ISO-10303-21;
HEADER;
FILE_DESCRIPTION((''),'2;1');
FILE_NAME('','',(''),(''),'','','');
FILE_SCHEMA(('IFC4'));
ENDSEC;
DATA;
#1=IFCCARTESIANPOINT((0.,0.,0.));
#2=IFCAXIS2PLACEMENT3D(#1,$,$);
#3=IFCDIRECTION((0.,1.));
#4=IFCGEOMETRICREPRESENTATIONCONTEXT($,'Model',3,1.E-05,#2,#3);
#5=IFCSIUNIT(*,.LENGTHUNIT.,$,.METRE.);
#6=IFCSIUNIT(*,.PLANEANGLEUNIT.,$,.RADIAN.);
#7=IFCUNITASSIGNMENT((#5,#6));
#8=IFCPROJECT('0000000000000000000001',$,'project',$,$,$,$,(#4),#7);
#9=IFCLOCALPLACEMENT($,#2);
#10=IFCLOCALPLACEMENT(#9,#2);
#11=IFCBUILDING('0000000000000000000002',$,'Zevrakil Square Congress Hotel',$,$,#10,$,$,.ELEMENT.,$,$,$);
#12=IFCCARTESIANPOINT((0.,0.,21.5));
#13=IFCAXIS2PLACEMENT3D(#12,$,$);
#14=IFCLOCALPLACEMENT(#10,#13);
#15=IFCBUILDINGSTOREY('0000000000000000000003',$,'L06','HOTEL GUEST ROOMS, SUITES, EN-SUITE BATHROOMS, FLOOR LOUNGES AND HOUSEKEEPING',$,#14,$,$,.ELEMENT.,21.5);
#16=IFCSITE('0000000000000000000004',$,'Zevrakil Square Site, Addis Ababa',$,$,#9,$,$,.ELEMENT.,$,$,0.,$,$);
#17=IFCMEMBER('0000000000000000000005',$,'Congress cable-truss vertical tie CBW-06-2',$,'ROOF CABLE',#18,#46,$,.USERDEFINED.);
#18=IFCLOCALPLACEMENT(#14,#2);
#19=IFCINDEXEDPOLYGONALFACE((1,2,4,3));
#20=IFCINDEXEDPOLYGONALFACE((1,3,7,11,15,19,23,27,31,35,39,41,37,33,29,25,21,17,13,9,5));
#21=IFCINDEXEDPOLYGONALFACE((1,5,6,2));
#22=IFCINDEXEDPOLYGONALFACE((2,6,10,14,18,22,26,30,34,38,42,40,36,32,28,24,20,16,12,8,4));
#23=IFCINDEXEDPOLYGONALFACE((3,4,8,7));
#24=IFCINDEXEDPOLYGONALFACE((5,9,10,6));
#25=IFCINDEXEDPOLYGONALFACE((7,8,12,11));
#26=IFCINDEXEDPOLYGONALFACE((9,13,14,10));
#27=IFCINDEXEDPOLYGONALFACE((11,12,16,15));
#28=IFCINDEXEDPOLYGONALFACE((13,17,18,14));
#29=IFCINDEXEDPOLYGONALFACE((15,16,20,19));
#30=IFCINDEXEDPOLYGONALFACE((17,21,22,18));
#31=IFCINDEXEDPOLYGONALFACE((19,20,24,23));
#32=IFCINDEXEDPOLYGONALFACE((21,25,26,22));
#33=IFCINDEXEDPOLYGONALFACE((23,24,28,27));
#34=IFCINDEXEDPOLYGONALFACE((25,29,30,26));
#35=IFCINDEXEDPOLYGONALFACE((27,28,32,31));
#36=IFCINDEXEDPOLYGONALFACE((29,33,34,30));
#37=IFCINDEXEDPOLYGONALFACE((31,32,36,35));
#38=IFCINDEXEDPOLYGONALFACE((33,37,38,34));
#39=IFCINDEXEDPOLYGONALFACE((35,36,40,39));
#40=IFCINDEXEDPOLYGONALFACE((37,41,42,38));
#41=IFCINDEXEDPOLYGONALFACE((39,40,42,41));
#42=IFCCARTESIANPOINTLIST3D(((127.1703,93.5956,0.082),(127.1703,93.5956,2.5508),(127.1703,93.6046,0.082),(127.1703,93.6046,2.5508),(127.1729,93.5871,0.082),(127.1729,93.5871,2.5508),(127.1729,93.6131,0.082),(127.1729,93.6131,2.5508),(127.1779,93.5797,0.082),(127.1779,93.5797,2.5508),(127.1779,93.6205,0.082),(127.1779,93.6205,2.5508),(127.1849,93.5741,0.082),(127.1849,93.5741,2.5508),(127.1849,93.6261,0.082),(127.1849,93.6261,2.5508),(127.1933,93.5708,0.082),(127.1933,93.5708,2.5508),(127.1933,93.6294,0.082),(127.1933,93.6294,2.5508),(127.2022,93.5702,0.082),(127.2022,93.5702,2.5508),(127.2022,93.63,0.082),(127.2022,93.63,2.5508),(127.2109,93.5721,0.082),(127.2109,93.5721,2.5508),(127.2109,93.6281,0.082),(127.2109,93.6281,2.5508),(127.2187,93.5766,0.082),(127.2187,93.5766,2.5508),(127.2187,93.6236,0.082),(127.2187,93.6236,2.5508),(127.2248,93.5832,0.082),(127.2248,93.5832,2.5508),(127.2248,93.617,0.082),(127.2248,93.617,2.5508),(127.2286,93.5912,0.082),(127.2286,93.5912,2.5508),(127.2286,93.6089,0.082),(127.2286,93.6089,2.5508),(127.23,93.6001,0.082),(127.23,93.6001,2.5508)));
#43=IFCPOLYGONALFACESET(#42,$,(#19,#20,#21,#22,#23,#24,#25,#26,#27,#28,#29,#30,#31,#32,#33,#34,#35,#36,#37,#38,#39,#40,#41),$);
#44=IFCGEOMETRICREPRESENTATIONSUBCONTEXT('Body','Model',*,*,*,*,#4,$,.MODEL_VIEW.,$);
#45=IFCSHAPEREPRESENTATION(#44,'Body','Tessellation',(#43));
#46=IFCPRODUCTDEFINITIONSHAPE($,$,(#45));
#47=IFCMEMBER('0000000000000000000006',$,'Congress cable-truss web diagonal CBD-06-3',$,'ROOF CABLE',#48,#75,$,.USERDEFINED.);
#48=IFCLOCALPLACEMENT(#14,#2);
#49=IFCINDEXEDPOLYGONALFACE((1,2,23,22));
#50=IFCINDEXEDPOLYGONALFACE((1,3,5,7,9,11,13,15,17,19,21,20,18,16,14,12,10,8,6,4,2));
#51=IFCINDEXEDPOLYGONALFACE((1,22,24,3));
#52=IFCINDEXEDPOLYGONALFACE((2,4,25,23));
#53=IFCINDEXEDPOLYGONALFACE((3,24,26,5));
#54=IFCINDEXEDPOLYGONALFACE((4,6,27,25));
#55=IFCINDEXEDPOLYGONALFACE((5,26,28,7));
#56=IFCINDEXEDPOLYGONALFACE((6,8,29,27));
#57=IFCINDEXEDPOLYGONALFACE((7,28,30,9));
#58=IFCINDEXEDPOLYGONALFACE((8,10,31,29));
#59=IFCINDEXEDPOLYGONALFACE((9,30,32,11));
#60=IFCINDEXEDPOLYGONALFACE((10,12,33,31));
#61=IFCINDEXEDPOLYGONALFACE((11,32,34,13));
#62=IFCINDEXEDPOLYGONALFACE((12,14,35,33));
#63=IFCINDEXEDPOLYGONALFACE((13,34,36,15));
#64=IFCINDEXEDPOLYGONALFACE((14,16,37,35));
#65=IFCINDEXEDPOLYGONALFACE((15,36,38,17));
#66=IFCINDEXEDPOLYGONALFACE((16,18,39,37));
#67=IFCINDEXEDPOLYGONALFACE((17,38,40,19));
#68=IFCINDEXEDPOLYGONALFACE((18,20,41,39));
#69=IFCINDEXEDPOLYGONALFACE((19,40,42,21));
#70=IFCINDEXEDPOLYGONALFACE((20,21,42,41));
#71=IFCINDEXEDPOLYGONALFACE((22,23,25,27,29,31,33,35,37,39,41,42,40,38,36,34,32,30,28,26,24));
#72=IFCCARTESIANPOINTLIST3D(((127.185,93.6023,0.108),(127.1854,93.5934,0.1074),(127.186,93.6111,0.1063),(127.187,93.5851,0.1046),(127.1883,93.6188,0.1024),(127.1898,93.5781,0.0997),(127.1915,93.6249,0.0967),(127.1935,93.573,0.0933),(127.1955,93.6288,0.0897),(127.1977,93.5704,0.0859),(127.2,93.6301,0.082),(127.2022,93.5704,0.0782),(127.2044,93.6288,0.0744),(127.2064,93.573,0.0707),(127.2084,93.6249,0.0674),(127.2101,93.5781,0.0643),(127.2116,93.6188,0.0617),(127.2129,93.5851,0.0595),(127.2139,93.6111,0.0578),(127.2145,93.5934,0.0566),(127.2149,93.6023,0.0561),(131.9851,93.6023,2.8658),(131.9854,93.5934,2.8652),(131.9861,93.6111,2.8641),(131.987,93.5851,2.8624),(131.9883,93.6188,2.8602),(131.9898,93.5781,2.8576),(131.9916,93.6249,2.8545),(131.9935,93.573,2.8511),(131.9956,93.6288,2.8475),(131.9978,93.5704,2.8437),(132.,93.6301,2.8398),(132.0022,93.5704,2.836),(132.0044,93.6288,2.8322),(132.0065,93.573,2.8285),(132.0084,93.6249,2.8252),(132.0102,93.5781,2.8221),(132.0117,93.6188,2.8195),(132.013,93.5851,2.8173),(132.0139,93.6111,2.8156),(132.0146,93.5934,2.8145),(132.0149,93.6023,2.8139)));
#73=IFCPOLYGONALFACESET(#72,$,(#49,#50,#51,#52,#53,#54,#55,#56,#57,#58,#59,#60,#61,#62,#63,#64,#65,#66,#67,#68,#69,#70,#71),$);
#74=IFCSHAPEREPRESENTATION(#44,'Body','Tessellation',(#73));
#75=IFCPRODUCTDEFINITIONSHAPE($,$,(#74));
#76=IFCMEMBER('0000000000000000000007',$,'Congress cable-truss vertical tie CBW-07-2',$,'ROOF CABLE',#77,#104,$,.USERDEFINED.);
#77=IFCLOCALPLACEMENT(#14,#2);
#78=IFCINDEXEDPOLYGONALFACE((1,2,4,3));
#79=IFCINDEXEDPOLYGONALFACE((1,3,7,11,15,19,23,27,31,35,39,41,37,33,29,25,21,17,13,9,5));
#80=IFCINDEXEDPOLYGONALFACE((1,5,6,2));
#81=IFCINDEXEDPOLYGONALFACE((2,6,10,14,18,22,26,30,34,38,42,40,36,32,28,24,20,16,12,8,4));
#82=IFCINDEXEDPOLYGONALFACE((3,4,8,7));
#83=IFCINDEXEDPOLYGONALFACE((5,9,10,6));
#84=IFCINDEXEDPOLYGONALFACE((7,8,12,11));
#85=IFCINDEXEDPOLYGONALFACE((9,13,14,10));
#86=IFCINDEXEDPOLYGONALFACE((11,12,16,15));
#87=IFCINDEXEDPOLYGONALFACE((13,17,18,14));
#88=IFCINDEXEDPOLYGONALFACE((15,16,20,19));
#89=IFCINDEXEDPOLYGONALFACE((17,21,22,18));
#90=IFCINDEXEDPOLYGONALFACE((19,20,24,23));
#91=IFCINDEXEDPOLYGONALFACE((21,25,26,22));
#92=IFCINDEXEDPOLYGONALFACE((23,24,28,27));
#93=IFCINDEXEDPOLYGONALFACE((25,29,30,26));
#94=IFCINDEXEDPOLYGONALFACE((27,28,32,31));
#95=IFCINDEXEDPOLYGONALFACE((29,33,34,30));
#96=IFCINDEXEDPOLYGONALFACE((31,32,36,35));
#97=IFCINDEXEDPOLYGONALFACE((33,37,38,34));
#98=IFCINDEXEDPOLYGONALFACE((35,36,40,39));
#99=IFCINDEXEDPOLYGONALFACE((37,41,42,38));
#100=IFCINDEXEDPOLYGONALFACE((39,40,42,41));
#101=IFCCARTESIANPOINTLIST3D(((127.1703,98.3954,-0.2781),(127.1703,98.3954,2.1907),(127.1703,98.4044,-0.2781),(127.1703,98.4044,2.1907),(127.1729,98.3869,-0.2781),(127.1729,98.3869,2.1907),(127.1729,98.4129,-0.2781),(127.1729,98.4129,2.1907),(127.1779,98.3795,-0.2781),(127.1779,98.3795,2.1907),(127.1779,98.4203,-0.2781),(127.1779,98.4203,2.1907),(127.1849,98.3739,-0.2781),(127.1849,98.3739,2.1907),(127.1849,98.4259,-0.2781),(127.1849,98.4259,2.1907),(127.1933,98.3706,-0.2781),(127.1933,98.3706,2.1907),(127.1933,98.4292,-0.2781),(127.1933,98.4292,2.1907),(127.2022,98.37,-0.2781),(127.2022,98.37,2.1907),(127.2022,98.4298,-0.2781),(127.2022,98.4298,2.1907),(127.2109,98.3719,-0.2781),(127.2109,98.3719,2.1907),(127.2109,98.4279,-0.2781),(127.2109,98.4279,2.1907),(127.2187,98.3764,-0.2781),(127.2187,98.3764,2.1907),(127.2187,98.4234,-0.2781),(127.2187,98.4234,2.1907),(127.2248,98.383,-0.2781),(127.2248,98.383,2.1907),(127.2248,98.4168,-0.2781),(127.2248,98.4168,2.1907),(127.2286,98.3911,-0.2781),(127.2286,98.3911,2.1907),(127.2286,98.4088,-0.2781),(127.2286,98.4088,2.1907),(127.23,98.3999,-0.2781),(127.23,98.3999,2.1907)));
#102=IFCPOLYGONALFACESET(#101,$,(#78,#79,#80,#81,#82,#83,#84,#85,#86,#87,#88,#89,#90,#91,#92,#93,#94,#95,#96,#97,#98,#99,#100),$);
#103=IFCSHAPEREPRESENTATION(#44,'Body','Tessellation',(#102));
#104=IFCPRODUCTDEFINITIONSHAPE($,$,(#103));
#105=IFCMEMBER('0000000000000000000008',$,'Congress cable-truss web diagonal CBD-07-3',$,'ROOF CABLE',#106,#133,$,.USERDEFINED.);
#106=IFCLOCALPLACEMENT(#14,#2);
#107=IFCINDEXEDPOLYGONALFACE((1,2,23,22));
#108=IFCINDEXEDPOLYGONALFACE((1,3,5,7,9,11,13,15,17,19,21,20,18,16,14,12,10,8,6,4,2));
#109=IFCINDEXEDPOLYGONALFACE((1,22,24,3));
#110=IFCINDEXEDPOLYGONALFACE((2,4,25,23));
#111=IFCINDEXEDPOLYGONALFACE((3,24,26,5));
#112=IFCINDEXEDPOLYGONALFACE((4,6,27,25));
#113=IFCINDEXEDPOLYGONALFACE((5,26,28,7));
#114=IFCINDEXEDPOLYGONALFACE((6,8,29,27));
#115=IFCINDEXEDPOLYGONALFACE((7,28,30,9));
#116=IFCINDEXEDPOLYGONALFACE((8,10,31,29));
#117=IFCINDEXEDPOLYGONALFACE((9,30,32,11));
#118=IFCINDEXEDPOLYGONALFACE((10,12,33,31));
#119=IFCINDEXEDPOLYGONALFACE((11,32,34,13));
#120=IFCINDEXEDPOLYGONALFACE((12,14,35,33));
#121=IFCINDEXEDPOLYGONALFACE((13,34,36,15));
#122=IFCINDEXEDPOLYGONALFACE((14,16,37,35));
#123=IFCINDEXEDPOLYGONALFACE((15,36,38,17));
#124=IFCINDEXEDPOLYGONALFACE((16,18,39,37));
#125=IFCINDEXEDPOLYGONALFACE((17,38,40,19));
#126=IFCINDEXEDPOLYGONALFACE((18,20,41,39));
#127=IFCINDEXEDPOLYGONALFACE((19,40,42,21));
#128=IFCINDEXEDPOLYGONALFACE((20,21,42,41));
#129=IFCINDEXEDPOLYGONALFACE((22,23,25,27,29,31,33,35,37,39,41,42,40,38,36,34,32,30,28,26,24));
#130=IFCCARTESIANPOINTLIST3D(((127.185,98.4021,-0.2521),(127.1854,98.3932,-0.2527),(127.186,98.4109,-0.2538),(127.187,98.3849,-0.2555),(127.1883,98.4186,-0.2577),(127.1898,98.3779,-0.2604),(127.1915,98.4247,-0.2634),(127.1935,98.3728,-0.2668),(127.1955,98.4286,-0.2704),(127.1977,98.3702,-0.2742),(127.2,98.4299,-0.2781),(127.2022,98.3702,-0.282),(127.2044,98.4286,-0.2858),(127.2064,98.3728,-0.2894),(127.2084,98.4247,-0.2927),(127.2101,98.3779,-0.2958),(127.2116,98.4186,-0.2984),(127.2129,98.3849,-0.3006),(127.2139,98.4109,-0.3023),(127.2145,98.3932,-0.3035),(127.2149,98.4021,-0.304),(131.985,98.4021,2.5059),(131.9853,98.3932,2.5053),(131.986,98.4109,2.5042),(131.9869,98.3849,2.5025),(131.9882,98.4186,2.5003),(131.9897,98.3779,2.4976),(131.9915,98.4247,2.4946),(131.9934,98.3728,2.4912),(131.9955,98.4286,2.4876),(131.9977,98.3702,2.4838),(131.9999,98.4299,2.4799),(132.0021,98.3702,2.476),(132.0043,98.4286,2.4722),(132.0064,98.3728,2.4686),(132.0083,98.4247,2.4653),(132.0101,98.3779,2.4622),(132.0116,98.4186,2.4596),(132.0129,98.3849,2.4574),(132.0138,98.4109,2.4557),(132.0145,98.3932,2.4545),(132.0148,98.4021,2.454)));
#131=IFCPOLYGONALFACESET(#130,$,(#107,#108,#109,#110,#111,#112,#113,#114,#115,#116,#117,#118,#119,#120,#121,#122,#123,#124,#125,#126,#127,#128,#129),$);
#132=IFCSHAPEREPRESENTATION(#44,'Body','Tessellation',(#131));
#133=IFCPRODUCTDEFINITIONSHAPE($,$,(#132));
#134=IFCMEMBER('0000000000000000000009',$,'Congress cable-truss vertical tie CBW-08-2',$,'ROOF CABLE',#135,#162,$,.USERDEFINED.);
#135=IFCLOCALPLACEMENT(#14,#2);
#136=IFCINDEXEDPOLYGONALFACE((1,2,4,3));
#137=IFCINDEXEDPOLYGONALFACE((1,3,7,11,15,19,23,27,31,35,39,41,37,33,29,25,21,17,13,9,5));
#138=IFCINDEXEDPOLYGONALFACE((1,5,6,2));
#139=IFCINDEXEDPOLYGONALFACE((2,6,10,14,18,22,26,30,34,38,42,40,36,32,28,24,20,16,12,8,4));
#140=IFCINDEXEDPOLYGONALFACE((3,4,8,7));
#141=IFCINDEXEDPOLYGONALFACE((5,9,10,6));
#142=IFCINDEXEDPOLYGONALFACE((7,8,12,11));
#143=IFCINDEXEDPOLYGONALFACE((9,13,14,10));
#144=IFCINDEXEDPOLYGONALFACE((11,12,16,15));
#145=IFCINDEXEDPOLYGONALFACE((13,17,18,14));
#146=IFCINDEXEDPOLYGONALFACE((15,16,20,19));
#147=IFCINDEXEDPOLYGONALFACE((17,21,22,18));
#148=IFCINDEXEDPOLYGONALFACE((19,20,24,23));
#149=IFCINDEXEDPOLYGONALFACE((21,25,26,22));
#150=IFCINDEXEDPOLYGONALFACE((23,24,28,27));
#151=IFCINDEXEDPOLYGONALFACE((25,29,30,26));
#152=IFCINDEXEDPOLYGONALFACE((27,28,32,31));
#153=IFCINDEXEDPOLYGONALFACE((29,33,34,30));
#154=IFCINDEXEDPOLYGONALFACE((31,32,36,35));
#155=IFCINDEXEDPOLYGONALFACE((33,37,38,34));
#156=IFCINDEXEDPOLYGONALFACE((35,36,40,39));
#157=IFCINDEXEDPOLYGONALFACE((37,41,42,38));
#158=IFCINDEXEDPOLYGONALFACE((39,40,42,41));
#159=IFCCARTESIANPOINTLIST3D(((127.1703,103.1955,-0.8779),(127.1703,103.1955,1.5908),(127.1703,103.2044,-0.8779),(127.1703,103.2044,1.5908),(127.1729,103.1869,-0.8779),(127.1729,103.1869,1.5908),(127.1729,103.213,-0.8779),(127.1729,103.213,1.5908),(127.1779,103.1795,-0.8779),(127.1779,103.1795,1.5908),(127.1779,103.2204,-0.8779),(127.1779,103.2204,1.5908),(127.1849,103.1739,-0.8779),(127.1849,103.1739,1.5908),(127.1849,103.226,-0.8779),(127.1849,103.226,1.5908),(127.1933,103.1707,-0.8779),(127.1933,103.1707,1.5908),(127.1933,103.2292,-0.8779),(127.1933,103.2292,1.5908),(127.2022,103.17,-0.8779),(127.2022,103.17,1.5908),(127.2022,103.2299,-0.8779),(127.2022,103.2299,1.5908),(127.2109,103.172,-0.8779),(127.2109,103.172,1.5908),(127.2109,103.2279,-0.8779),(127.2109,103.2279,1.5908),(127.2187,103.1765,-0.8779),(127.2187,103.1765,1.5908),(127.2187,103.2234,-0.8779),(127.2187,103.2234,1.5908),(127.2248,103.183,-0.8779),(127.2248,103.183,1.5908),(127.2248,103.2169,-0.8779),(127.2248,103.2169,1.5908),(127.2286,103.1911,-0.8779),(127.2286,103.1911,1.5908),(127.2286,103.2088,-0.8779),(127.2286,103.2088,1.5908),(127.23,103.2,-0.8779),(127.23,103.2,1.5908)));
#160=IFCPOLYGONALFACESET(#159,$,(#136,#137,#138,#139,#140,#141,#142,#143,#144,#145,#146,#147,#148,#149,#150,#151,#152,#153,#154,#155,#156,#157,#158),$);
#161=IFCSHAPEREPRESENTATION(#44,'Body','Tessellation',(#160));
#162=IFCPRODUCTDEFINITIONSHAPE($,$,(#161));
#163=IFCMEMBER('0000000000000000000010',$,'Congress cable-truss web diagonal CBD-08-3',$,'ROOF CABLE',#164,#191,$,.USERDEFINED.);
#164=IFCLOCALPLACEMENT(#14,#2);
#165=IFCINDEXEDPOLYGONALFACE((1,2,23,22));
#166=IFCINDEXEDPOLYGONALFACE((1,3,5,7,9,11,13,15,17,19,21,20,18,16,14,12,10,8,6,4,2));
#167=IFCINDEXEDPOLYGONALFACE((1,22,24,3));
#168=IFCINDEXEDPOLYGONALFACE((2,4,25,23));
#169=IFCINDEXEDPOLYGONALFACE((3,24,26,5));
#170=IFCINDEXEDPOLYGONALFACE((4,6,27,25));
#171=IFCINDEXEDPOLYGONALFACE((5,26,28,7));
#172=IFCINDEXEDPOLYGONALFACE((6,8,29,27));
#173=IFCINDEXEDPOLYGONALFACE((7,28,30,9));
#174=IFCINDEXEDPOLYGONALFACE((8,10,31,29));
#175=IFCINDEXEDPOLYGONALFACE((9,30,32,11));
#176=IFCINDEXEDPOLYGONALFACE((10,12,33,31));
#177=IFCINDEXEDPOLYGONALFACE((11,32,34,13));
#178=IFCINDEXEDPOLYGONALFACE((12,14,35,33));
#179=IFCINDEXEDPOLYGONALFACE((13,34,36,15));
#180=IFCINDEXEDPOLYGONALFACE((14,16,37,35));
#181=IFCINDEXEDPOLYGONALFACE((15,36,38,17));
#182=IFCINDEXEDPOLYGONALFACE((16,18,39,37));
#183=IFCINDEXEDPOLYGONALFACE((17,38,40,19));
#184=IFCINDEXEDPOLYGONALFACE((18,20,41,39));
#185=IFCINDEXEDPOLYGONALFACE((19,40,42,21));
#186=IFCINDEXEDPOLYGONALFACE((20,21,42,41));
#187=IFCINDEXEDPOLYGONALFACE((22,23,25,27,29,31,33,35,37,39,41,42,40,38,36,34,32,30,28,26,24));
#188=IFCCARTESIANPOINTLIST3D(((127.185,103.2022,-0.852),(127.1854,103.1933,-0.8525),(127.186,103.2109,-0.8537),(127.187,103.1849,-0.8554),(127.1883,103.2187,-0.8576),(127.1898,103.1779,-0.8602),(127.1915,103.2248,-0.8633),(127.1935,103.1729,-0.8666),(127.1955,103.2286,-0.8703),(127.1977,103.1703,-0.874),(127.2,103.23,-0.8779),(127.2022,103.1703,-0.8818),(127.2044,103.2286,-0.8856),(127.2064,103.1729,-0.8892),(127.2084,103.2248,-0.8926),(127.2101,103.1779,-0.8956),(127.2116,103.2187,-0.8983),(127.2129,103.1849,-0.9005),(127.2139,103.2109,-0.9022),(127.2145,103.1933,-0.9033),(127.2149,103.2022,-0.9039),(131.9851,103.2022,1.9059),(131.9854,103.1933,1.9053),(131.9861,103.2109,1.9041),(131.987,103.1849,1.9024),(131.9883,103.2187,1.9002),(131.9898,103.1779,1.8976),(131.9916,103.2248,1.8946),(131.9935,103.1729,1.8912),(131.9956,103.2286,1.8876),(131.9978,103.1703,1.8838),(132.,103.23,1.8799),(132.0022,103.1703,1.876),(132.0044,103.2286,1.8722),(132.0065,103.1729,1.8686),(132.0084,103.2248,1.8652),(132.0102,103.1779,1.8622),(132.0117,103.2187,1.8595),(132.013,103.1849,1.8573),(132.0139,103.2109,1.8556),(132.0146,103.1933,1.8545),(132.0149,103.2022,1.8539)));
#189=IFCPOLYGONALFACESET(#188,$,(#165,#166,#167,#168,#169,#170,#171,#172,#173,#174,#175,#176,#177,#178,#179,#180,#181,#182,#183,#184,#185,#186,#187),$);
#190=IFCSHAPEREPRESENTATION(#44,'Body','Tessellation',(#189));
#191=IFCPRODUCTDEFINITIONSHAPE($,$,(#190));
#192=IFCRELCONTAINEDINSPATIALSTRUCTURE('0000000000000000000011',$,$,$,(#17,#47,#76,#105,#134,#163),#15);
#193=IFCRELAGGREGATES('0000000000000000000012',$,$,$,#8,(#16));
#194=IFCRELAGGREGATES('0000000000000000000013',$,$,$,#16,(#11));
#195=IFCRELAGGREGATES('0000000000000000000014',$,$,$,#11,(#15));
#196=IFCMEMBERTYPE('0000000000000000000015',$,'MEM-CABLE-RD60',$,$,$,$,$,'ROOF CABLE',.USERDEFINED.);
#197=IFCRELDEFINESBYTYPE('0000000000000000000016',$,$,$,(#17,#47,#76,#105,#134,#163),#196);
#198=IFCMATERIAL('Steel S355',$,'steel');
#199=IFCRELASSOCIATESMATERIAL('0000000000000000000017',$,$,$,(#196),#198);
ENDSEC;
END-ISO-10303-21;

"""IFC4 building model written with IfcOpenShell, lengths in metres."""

from ifc_helpers import new_model, si_unit, direction, frame, origin, origin_2d, place, context, subcontext, project, spatial, circle, extrude, material, material_profile, profile_set, type_object, element, save


model = new_model("IFC4")

# Units and contexts
model_context = context("Model", 3, precision=1e-05, world=origin(), true_north=direction((0.0, 1.0)))
body_context = subcontext(model_context, "Body", "Model", "MODEL_VIEW")
ifc_project = project(units=[si_unit("LENGTHUNIT", "METRE"), si_unit("PLANEANGLEUNIT", "RADIAN")], contexts=[model_context])

# Site, building, storey
site_placement = place(None, origin())
site = spatial("IfcSite", under=ifc_project, at=site_placement, Name="Zevrakil Square Site, Addis Ababa", CompositionType="ELEMENT", RefElevation=0.0)
building_placement = place(site_placement, origin())
building = spatial("IfcBuilding", under=site, at=building_placement, Name="Zevrakil Square Congress Hotel", CompositionType="ELEMENT")
storey_placement = place(building_placement, frame((0.0, 0.0, 21.5)))
storey = spatial("IfcBuildingStorey", under=building, at=storey_placement, Name="L06", Description="HOTEL GUEST ROOMS, SUITES, EN-SUITE BATHROOMS, FLOOR LOUNGES AND HOUSEKEEPING", CompositionType="ELEMENT", Elevation=21.5)

# Members
ifc_material_1 = material(Name="Steel S355", Category="steel")
ifc_material_profile_1 = material_profile(ifc_material_1, circle(Radius=0.03, at=origin_2d()), Name="CABLE RD60")
ifc_profile_set_1 = profile_set([ifc_material_profile_1], Name="Steel S355")
member_type_1 = type_object("IfcMemberType", Name="MEM-CABLE-RD60", ElementType="ROOF CABLE", PredefinedType="USERDEFINED", material=ifc_profile_set_1)
member_1_placement = place(storey_placement, frame((127.2, 93.6001, 0.082), z_axis=(0.0, 0.0, 1.0), x_axis=(1.0, 0.0, 0.0)))
element("IfcMember", 1, at=member_1_placement, inside=storey, type_object=member_type_1, Name="Congress cable-truss vertical tie CBW-06-2", ObjectType="ROOF CABLE", PredefinedType="USERDEFINED", context=body_context, shape_type="SweptSolid", body=[
    extrude(circle(Radius=0.03, at=origin_2d()), origin(), (0.0, 0.0, 1.0), 2.4688),
])
member_2_placement = place(storey_placement, frame((127.2, 93.6001, 0.082), z_axis=(0.867079, 0.0, 0.49817), x_axis=(0.0, 1.0, 0.0)))
element("IfcMember", 2, at=member_2_placement, inside=storey, type_object=member_type_1, Name="Congress cable-truss web diagonal CBD-06-3", ObjectType="ROOF CABLE", PredefinedType="USERDEFINED", context=body_context, shape_type="SweptSolid", body=[
    extrude(circle(Radius=0.03, at=origin_2d()), origin(), (0.0, 0.0, 1.0), 5.5359),
])
member_3_placement = place(storey_placement, frame((127.2, 98.3999, -0.2781), z_axis=(0.0, 0.0, 1.0), x_axis=(1.0, 0.0, 0.0)))
element("IfcMember", 3, at=member_3_placement, inside=storey, type_object=member_type_1, Name="Congress cable-truss vertical tie CBW-07-2", ObjectType="ROOF CABLE", PredefinedType="USERDEFINED", context=body_context, shape_type="SweptSolid", body=[
    extrude(circle(Radius=0.03, at=origin_2d()), origin(), (0.0, 0.0, 1.0), 2.4688),
])
member_4_placement = place(storey_placement, frame((127.2, 98.3999, -0.2781), z_axis=(0.86706, 0.0, 0.498203), x_axis=(0.0, 1.0, 0.0)))
element("IfcMember", 4, at=member_4_placement, inside=storey, type_object=member_type_1, Name="Congress cable-truss web diagonal CBD-07-3", ObjectType="ROOF CABLE", PredefinedType="USERDEFINED", context=body_context, shape_type="SweptSolid", body=[
    extrude(circle(Radius=0.03, at=origin_2d()), origin(), (0.0, 0.0, 1.0), 5.5359),
])
member_5_placement = place(storey_placement, frame((127.2, 103.2, -0.8779), z_axis=(0.0, 0.0, 1.0), x_axis=(1.0, 0.0, 0.0)))
element("IfcMember", 5, at=member_5_placement, inside=storey, type_object=member_type_1, Name="Congress cable-truss vertical tie CBW-08-2", ObjectType="ROOF CABLE", PredefinedType="USERDEFINED", context=body_context, shape_type="SweptSolid", body=[
    extrude(circle(Radius=0.03, at=origin_2d()), origin(), (0.0, 0.0, 1.0), 2.4688),
])
member_6_placement = place(storey_placement, frame((127.2, 103.2, -0.8779), z_axis=(0.867079, 0.0, 0.49817), x_axis=(0.0, 1.0, 0.0)))
element("IfcMember", 6, at=member_6_placement, inside=storey, type_object=member_type_1, Name="Congress cable-truss web diagonal CBD-08-3", ObjectType="ROOF CABLE", PredefinedType="USERDEFINED", context=body_context, shape_type="SweptSolid", body=[
    extrude(circle(Radius=0.03, at=origin_2d()), origin(), (0.0, 0.0, 1.0), 5.5359),
])

save(model, "model.ifc")
